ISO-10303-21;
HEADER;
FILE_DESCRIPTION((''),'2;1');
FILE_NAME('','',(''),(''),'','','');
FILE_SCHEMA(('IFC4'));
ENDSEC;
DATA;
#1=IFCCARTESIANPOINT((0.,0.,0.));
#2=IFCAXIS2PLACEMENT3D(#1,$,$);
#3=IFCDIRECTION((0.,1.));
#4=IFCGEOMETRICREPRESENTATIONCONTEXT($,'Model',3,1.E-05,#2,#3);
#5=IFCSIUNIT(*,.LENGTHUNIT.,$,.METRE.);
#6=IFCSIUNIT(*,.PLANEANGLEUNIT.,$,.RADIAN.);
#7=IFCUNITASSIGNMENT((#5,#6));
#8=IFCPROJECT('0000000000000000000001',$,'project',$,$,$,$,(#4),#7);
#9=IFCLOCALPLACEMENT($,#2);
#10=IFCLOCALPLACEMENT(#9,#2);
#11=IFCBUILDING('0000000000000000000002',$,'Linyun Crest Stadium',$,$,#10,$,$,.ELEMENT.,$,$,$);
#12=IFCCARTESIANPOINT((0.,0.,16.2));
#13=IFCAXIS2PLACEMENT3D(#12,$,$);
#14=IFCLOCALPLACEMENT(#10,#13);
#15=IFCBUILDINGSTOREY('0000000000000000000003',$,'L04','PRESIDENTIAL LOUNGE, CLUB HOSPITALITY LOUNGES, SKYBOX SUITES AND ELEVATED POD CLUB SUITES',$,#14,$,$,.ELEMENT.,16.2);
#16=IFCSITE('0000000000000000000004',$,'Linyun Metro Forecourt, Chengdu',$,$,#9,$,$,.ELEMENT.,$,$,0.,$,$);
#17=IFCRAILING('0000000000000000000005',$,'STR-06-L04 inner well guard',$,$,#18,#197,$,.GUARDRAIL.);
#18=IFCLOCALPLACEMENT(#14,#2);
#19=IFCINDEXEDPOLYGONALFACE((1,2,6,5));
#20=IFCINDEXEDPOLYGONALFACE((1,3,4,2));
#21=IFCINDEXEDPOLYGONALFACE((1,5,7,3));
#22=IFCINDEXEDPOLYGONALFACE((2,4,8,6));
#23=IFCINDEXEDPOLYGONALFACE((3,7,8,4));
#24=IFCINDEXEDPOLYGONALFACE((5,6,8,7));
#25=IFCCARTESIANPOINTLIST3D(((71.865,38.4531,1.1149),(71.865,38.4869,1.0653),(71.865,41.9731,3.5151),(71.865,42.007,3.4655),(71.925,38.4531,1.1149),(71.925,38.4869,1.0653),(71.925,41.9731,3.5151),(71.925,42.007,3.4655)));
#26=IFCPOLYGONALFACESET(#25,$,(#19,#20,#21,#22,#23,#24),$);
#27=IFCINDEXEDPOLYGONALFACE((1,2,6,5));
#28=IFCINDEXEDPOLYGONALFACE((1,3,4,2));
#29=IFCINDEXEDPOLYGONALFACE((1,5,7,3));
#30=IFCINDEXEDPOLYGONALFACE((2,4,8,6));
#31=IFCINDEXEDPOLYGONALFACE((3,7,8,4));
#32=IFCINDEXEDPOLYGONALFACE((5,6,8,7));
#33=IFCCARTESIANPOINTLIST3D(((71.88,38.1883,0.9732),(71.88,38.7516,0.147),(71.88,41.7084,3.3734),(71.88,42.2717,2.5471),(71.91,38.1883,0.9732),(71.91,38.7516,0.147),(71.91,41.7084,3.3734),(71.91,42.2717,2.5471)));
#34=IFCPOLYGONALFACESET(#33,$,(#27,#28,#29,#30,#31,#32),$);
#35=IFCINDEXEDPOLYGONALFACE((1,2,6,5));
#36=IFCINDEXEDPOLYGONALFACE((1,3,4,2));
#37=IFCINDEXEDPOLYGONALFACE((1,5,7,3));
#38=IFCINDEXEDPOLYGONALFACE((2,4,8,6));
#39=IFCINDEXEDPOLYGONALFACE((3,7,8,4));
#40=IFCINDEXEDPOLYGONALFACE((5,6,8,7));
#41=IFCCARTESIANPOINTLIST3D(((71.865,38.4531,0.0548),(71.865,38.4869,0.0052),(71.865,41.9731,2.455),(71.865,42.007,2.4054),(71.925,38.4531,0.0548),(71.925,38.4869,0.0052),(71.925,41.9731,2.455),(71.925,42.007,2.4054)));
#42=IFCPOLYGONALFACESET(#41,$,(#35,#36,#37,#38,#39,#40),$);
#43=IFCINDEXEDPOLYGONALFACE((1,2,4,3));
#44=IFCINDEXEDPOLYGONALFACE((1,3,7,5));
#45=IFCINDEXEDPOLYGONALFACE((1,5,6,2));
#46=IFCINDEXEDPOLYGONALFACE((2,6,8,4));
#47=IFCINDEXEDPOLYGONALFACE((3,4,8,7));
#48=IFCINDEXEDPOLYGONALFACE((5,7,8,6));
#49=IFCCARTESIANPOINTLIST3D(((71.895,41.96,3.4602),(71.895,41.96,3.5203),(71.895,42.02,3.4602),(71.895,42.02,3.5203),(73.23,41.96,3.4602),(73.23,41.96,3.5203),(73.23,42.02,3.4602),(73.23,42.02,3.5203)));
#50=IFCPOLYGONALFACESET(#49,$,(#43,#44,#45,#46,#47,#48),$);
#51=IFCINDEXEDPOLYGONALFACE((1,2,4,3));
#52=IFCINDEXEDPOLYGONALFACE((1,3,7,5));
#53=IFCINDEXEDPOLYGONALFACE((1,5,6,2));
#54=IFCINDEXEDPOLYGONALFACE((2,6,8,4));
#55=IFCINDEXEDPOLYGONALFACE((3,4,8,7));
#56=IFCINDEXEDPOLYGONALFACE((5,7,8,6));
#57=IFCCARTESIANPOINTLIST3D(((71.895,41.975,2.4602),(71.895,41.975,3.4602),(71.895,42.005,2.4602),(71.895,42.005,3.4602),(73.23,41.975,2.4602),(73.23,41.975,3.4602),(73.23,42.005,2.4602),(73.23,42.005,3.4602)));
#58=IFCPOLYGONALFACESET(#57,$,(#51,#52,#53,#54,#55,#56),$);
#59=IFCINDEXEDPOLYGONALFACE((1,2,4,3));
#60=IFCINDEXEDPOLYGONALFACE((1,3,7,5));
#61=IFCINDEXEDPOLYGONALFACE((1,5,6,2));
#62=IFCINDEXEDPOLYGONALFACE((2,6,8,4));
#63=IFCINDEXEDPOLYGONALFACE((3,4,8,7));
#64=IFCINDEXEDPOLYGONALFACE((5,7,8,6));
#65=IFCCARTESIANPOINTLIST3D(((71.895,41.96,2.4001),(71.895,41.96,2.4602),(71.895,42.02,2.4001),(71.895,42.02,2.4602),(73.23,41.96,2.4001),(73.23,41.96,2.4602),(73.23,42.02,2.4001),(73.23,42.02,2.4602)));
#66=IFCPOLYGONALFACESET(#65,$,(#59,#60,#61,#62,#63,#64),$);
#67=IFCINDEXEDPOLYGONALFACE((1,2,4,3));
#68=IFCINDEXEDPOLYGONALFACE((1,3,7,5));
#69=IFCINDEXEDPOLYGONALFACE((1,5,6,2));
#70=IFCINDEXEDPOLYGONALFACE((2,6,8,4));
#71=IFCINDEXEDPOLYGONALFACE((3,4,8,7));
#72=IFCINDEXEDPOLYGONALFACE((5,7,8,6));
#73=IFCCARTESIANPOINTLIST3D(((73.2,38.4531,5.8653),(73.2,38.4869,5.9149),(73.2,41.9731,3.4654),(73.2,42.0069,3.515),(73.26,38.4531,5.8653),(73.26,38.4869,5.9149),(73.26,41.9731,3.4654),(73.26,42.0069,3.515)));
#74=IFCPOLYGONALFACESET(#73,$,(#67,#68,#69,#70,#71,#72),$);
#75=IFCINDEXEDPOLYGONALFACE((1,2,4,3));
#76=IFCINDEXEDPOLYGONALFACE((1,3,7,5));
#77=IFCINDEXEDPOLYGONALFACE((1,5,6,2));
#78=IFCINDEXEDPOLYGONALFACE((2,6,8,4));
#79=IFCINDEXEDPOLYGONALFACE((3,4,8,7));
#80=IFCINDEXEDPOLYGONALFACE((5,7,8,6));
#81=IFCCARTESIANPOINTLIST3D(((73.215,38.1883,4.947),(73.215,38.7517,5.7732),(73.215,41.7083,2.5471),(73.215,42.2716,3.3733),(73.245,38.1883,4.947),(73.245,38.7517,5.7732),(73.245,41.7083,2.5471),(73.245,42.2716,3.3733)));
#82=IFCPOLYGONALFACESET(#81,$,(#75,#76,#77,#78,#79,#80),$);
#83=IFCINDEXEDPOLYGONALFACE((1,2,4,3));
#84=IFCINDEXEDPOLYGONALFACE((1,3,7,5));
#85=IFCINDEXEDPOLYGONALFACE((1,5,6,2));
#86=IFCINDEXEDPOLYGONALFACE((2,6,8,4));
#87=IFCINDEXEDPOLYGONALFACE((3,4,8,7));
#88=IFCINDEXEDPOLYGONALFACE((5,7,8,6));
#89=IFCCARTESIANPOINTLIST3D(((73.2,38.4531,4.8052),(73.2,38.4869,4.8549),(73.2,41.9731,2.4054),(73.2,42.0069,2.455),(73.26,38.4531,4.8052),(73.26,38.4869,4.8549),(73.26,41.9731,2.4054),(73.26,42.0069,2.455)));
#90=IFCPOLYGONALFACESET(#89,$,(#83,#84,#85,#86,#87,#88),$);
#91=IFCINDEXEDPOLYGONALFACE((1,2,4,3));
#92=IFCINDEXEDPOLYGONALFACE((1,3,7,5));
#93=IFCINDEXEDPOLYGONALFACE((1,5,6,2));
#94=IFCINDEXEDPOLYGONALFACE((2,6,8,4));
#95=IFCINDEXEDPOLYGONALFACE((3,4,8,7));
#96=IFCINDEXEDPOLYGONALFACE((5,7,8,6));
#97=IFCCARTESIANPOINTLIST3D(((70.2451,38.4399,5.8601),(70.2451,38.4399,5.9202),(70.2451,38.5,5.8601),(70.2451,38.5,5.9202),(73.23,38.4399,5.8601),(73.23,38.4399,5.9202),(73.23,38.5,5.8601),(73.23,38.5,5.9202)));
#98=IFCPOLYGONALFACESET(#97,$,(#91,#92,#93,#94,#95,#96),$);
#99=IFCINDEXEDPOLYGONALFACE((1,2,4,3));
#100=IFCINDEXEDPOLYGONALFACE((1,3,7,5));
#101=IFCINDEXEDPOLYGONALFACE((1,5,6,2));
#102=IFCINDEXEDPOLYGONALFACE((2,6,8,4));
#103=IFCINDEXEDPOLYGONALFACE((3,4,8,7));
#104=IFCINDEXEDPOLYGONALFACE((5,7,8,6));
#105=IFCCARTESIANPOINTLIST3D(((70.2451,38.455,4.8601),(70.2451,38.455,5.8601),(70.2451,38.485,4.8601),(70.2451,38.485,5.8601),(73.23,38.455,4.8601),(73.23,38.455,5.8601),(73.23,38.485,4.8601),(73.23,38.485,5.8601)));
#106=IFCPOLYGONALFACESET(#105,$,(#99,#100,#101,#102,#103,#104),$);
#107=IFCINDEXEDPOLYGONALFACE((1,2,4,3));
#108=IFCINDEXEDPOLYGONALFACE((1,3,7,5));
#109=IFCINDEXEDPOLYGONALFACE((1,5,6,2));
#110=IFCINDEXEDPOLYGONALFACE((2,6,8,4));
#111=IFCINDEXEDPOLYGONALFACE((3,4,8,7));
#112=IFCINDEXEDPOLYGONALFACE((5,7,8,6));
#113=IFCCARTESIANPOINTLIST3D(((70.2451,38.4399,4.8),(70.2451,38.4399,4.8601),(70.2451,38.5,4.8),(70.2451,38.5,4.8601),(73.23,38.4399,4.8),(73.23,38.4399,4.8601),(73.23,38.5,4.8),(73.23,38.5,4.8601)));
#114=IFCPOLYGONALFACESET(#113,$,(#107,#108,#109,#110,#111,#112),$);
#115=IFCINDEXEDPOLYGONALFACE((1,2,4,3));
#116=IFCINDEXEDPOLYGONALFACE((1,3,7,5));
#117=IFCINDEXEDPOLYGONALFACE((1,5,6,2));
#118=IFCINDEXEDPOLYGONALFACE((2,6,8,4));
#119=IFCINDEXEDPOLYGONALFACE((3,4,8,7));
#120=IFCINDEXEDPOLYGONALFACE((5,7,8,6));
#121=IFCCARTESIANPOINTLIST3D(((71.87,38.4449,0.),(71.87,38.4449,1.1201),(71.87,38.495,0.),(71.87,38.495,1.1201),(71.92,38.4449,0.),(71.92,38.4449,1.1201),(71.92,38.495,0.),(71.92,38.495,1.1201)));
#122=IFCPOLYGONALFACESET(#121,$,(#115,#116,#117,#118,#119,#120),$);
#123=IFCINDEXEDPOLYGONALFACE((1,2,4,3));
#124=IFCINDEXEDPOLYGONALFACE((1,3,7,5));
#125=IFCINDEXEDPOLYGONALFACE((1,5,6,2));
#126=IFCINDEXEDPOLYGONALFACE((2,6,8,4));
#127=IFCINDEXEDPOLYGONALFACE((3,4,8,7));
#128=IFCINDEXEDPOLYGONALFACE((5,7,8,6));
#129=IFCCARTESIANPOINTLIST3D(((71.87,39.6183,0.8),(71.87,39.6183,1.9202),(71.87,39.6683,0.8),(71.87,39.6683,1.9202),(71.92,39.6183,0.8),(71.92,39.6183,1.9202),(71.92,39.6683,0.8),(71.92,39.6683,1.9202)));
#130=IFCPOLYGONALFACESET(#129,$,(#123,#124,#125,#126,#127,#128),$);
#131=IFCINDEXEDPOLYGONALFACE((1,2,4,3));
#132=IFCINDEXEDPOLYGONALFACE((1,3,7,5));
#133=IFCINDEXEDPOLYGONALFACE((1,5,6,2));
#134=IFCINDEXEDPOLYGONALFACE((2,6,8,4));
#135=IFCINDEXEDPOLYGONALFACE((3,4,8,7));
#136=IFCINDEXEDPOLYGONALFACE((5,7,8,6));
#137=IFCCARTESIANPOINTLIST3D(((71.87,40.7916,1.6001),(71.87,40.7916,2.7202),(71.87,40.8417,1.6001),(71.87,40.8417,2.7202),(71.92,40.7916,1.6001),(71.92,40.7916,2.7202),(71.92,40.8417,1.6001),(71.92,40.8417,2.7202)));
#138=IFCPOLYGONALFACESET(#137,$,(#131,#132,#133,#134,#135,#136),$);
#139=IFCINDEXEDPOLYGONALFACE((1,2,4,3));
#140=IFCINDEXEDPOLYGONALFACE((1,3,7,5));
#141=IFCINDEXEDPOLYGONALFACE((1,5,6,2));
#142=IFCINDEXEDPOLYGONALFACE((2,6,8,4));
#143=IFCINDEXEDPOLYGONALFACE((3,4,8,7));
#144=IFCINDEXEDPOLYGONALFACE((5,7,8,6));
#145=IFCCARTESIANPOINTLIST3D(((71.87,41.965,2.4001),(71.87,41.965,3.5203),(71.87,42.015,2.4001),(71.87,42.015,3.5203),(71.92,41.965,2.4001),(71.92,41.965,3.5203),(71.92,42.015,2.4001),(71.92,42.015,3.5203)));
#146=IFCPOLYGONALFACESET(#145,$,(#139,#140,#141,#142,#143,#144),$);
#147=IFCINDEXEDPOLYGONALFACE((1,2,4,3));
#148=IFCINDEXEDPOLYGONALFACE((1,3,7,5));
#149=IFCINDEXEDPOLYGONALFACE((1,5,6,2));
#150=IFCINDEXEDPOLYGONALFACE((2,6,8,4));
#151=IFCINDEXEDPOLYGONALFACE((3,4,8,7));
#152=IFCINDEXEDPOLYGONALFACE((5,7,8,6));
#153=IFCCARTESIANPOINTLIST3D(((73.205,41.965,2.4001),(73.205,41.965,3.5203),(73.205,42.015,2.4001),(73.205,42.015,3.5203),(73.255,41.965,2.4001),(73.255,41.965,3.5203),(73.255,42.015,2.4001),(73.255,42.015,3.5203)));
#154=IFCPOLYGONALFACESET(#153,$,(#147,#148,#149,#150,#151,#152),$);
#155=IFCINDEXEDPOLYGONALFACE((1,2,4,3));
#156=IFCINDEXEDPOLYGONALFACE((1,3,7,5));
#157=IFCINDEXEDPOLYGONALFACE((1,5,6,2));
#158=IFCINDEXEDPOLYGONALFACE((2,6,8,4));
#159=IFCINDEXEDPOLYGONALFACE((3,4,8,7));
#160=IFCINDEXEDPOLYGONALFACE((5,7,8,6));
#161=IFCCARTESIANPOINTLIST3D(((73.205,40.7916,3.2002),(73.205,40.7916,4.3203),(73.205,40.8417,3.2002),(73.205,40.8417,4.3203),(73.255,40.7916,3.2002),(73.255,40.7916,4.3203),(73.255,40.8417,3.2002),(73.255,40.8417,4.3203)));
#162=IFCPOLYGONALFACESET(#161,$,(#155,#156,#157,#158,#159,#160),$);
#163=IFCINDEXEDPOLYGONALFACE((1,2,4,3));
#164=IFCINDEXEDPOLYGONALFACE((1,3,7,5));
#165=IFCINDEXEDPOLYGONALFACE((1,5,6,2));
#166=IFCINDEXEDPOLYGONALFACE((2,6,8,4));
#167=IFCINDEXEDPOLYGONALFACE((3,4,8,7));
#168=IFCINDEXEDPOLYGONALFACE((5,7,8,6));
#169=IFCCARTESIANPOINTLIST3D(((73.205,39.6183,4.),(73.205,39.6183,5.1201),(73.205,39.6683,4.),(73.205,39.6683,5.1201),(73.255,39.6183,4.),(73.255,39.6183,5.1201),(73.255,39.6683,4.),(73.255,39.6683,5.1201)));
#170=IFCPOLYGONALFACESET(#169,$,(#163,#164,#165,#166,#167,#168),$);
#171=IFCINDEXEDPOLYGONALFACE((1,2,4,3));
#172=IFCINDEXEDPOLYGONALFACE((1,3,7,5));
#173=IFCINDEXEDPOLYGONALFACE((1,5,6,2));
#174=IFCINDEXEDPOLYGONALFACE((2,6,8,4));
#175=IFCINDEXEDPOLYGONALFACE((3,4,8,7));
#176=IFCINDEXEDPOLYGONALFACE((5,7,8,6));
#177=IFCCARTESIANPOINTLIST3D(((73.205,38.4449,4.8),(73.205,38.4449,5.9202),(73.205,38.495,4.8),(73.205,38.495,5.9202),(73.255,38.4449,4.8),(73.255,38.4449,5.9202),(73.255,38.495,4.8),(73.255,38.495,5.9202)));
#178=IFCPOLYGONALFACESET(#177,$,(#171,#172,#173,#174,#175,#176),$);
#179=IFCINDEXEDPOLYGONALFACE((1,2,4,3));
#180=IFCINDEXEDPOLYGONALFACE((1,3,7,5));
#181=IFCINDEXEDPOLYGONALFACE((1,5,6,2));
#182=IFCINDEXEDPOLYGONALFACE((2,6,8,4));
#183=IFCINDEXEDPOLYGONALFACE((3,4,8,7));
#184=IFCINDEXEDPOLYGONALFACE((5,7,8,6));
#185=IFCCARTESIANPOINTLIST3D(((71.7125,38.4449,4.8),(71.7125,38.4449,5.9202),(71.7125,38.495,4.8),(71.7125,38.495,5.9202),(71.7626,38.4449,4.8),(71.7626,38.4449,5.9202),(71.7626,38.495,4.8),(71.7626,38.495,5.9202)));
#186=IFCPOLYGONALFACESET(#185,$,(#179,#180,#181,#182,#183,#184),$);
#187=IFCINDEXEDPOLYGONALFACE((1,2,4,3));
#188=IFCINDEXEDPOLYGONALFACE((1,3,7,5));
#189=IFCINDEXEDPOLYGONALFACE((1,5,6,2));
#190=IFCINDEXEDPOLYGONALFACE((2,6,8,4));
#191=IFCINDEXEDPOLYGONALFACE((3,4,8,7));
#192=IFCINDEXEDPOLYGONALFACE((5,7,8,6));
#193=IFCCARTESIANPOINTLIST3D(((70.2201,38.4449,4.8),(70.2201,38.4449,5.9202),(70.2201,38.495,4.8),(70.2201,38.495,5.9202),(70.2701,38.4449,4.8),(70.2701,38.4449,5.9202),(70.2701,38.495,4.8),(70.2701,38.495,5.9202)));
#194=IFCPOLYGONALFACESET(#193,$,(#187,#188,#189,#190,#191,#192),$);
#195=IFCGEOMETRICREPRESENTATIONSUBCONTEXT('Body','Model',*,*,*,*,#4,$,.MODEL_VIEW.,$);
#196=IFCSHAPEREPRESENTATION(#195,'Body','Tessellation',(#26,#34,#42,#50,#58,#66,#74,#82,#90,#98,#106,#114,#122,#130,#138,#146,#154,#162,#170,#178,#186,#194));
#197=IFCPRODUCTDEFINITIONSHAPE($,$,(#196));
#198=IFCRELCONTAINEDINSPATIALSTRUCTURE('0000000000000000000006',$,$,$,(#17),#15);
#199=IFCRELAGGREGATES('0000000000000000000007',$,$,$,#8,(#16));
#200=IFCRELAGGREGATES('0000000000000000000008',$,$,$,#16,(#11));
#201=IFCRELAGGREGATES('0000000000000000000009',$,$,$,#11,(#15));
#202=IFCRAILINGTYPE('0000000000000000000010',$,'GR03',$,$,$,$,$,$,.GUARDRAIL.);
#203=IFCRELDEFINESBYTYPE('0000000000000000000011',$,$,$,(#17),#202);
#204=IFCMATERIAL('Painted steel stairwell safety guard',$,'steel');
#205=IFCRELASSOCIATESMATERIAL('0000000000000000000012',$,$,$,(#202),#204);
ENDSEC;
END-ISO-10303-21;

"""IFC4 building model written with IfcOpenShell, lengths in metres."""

from ifc_helpers import new_model, si_unit, direction, frame, origin, origin_2d, place, context, subcontext, project, spatial, rectangle, extrude, material, type_object, element, save


model = new_model("IFC4")

# Units and contexts
model_context = context("Model", 3, precision=1e-05, world=origin(), true_north=direction((0.0, 1.0)))
body_context = subcontext(model_context, "Body", "Model", "MODEL_VIEW")
ifc_project = project(units=[si_unit("LENGTHUNIT", "METRE"), si_unit("PLANEANGLEUNIT", "RADIAN")], contexts=[model_context])

# Site, building, storey
site_placement = place(None, origin())
site = spatial("IfcSite", under=ifc_project, at=site_placement, Name="Linyun Metro Forecourt, Chengdu", CompositionType="ELEMENT", RefElevation=0.0)
building_placement = place(site_placement, origin())
building = spatial("IfcBuilding", under=site, at=building_placement, Name="Linyun Crest Stadium", CompositionType="ELEMENT")
storey_placement = place(building_placement, frame((0.0, 0.0, 16.2)))
storey = spatial("IfcBuildingStorey", under=building, at=storey_placement, Name="L04", Description="PRESIDENTIAL LOUNGE, CLUB HOSPITALITY LOUNGES, SKYBOX SUITES AND ELEVATED POD CLUB SUITES", CompositionType="ELEMENT", Elevation=16.2)

# Railing
ifc_material_1 = material(Name="Painted steel stairwell safety guard", Category="steel")
railing_type_1 = type_object("IfcRailingType", Name="GR03", PredefinedType="GUARDRAIL", material=ifc_material_1)
railing_1_placement = place(storey_placement, frame((71.895, 38.47, 0.0)))
element("IfcRailing", 1, at=railing_1_placement, inside=storey, type_object=railing_type_1, Name="STR-06-L04 inner well guard", PredefinedType="GUARDRAIL", context=body_context, shape_type="SweptSolid", body=[
    extrude(rectangle(XDim=0.0601, YDim=0.0601, at=origin_2d()), frame((0.0, 0.0, 1.0901), z_axis=(0.0, 0.826213, 0.563358), x_axis=(-1.0, 0.0, 0.0)), (0.0, 0.0, 1.0), 4.2605),
    extrude(rectangle(XDim=0.03, YDim=1.0, at=origin_2d()), frame((0.0, 0.0, 0.5601), z_axis=(0.0, 0.826213, 0.563358), x_axis=(-1.0, 0.0, 0.0)), (0.0, 0.0, 1.0), 4.2605),
    extrude(rectangle(XDim=0.0601, YDim=0.0601, at=origin_2d()), frame((0.0, 0.0, 0.03), z_axis=(0.0, 0.826213, 0.563358), x_axis=(-1.0, 0.0, 0.0)), (0.0, 0.0, 1.0), 4.2605),
    extrude(rectangle(XDim=0.0601, YDim=0.0601, at=origin_2d()), frame((0.0, 3.52, 3.4902), z_axis=(1.0, 0.0, 0.0), x_axis=(0.0, 1.0, 0.0)), (0.0, 0.0, 1.0), 1.335),
    extrude(rectangle(XDim=0.03, YDim=1.0, at=origin_2d()), frame((0.0, 3.52, 2.9602), z_axis=(1.0, 0.0, 0.0), x_axis=(0.0, 1.0, 0.0)), (0.0, 0.0, 1.0), 1.335),
    extrude(rectangle(XDim=0.0601, YDim=0.0601, at=origin_2d()), frame((0.0, 3.52, 2.4302), z_axis=(1.0, 0.0, 0.0), x_axis=(0.0, 1.0, 0.0)), (0.0, 0.0, 1.0), 1.335),
    extrude(rectangle(XDim=0.0601, YDim=0.0601, at=origin_2d()), frame((1.335, 3.52, 3.4902), z_axis=(0.0, -0.826239, 0.563319), x_axis=(1.0, 0.0, 0.0)), (0.0, 0.0, 1.0), 4.2603),
    extrude(rectangle(XDim=0.03, YDim=1.0, at=origin_2d()), frame((1.335, 3.52, 2.9602), z_axis=(0.0, -0.826239, 0.563319), x_axis=(1.0, 0.0, 0.0)), (0.0, 0.0, 1.0), 4.2603),
    extrude(rectangle(XDim=0.0601, YDim=0.0601, at=origin_2d()), frame((1.335, 3.52, 2.4302), z_axis=(0.0, -0.826239, 0.563319), x_axis=(1.0, 0.0, 0.0)), (0.0, 0.0, 1.0), 4.2603),
    extrude(rectangle(XDim=0.0601, YDim=0.0601, at=origin_2d()), frame((1.335, 0.0, 5.8901), z_axis=(-1.0, 0.0, 0.0), x_axis=(0.0, -1.0, 0.0)), (0.0, 0.0, 1.0), 2.9849),
    extrude(rectangle(XDim=0.03, YDim=1.0, at=origin_2d()), frame((1.335, 0.0, 5.3601), z_axis=(-1.0, 0.0, 0.0), x_axis=(0.0, -1.0, 0.0)), (0.0, 0.0, 1.0), 2.9849),
    extrude(rectangle(XDim=0.0601, YDim=0.0601, at=origin_2d()), frame((1.335, 0.0, 4.8301), z_axis=(-1.0, 0.0, 0.0), x_axis=(0.0, -1.0, 0.0)), (0.0, 0.0, 1.0), 2.9849),
    extrude(rectangle(XDim=0.05, YDim=0.05, at=origin_2d()), origin(), (0.0, 0.0, 1.0), 1.1201),
    extrude(rectangle(XDim=0.05, YDim=0.05, at=origin_2d()), frame((0.0, 1.1733, 0.8)), (0.0, 0.0, 1.0), 1.1201),
    extrude(rectangle(XDim=0.05, YDim=0.05, at=origin_2d()), frame((0.0, 2.3467, 1.6001)), (0.0, 0.0, 1.0), 1.1201),
    extrude(rectangle(XDim=0.05, YDim=0.05, at=origin_2d()), frame((0.0, 3.52, 2.4001)), (0.0, 0.0, 1.0), 1.1201),
    extrude(rectangle(XDim=0.05, YDim=0.05, at=origin_2d()), frame((1.335, 3.52, 2.4001)), (0.0, 0.0, 1.0), 1.1201),
    extrude(rectangle(XDim=0.05, YDim=0.05, at=origin_2d()), frame((1.335, 2.3467, 3.2002)), (0.0, 0.0, 1.0), 1.1201),
    extrude(rectangle(XDim=0.05, YDim=0.05, at=origin_2d()), frame((1.335, 1.1733, 4.0)), (0.0, 0.0, 1.0), 1.1201),
    extrude(rectangle(XDim=0.05, YDim=0.05, at=origin_2d()), frame((1.335, 0.0, 4.8)), (0.0, 0.0, 1.0), 1.1201),
    extrude(rectangle(XDim=0.05, YDim=0.05, at=origin_2d()), frame((-0.1575, 0.0, 4.8)), (0.0, 0.0, 1.0), 1.1201),
    extrude(rectangle(XDim=0.05, YDim=0.05, at=origin_2d()), frame((-1.6499, 0.0, 4.8)), (0.0, 0.0, 1.0), 1.1201),
])

save(model, "model.ifc")
